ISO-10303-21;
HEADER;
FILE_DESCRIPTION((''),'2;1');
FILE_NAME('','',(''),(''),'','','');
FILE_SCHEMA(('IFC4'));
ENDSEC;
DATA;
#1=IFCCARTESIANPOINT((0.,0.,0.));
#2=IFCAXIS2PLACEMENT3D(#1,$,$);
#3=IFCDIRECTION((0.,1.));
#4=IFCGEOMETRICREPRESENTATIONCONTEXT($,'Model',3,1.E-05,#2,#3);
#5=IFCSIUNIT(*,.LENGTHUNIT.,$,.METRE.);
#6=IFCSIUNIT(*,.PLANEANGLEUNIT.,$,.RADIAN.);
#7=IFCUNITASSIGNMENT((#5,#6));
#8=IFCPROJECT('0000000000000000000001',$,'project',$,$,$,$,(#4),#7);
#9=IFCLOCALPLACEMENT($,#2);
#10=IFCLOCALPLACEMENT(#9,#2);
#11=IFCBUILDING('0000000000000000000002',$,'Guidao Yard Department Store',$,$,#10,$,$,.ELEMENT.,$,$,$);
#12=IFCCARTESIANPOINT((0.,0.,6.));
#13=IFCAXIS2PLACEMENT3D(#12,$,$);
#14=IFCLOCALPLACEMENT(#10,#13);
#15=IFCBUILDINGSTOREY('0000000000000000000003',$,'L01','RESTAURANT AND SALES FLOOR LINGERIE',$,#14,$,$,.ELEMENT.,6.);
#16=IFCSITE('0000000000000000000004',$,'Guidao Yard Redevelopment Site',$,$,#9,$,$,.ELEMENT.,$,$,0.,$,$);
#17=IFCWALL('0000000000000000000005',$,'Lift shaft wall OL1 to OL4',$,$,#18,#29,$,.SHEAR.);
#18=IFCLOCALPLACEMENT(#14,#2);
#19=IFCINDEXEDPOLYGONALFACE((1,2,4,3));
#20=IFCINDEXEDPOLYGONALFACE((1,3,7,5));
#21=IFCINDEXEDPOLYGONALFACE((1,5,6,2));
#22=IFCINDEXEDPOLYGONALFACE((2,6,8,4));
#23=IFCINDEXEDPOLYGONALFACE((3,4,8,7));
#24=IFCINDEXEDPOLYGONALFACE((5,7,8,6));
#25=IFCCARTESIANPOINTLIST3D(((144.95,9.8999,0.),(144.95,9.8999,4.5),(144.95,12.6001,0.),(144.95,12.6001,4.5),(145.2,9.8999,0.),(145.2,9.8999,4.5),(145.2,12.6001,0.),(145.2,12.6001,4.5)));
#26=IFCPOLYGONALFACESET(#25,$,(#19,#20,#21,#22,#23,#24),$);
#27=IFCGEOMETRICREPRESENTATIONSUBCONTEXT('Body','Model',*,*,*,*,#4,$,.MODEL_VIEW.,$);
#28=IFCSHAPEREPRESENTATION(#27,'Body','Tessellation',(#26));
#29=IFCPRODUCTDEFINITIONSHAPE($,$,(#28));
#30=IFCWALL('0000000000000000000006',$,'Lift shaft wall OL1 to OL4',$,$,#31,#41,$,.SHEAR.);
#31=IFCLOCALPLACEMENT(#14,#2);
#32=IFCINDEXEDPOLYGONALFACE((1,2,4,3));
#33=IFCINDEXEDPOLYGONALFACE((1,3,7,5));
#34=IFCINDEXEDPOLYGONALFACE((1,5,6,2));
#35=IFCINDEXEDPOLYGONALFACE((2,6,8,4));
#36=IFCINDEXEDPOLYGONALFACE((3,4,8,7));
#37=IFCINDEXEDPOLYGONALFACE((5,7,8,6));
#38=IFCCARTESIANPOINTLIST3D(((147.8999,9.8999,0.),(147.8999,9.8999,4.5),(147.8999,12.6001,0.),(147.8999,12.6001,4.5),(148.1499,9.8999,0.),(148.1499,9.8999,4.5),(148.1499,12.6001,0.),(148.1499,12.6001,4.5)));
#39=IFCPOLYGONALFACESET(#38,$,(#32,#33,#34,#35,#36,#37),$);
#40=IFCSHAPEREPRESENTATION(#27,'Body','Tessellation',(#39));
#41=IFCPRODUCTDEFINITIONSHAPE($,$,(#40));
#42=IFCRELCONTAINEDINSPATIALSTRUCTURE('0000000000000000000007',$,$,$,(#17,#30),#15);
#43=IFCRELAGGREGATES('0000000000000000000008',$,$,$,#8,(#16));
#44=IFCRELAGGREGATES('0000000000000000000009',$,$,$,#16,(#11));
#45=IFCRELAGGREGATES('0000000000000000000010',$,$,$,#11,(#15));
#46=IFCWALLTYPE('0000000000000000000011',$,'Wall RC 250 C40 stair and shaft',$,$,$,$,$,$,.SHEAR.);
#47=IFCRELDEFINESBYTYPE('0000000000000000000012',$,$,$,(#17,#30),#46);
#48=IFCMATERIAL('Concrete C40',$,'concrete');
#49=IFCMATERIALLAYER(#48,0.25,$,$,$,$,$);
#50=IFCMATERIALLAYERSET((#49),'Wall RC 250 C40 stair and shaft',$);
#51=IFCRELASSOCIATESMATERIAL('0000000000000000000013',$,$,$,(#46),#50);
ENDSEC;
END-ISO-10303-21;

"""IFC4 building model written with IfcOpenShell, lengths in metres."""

from ifc_helpers import new_model, si_unit, direction, frame, frame_2d, origin, place, context, subcontext, project, spatial, rectangle, extrude, material, layer, layer_set, type_object, element, save


model = new_model("IFC4")

# Units and contexts
model_context = context("Model", 3, precision=1e-05, world=origin(), true_north=direction((0.0, 1.0)))
body_context = subcontext(model_context, "Body", "Model", "MODEL_VIEW")
ifc_project = project(units=[si_unit("LENGTHUNIT", "METRE"), si_unit("PLANEANGLEUNIT", "RADIAN")], contexts=[model_context])

# Site, building, storey
site_placement = place(None, origin())
site = spatial("IfcSite", under=ifc_project, at=site_placement, Name="Guidao Yard Redevelopment Site", CompositionType="ELEMENT", RefElevation=0.0)
building_placement = place(site_placement, origin())
building = spatial("IfcBuilding", under=site, at=building_placement, Name="Guidao Yard Department Store", CompositionType="ELEMENT")
storey_placement = place(building_placement, frame((0.0, 0.0, 6.0)))
storey = spatial("IfcBuildingStorey", under=building, at=storey_placement, Name="L01", Description="RESTAURANT AND SALES FLOOR LINGERIE", CompositionType="ELEMENT", Elevation=6.0)

# Walls
ifc_material_1 = material(Name="Concrete C40", Category="concrete")
ifc_layer_1 = layer(ifc_material_1, 0.25)
ifc_layer_set_1 = layer_set([ifc_layer_1], Name="Wall RC 250 C40 stair and shaft")
wall_type_1 = type_object("IfcWallType", Name="Wall RC 250 C40 stair and shaft", PredefinedType="SHEAR", material=ifc_layer_set_1)
for number, where, z_axis, x_axis, name in (
    (1, (145.075, 9.8999, 0.0), (0.0, 0.0, 1.0), (0.0, 1.0, 0.0), "Lift shaft wall OL1 to OL4"),
    (2, (148.0249, 9.8999, 0.0), (0.0, 0.0, 1.0), (0.0, 1.0, 0.0), "Lift shaft wall OL1 to OL4"),
):
    element("IfcWall", number, at=place(storey_placement, frame(where, z_axis=z_axis, x_axis=x_axis)), inside=storey, type_object=wall_type_1, Name=name, PredefinedType="SHEAR", context=body_context, shape_type="SweptSolid", body=[
        extrude(rectangle(XDim=2.7002, YDim=0.25, at=frame_2d((1.3501, 0.0))), origin(), (0.0, 0.0, 1.0), 4.5),
    ])

save(model, "model.ifc")
